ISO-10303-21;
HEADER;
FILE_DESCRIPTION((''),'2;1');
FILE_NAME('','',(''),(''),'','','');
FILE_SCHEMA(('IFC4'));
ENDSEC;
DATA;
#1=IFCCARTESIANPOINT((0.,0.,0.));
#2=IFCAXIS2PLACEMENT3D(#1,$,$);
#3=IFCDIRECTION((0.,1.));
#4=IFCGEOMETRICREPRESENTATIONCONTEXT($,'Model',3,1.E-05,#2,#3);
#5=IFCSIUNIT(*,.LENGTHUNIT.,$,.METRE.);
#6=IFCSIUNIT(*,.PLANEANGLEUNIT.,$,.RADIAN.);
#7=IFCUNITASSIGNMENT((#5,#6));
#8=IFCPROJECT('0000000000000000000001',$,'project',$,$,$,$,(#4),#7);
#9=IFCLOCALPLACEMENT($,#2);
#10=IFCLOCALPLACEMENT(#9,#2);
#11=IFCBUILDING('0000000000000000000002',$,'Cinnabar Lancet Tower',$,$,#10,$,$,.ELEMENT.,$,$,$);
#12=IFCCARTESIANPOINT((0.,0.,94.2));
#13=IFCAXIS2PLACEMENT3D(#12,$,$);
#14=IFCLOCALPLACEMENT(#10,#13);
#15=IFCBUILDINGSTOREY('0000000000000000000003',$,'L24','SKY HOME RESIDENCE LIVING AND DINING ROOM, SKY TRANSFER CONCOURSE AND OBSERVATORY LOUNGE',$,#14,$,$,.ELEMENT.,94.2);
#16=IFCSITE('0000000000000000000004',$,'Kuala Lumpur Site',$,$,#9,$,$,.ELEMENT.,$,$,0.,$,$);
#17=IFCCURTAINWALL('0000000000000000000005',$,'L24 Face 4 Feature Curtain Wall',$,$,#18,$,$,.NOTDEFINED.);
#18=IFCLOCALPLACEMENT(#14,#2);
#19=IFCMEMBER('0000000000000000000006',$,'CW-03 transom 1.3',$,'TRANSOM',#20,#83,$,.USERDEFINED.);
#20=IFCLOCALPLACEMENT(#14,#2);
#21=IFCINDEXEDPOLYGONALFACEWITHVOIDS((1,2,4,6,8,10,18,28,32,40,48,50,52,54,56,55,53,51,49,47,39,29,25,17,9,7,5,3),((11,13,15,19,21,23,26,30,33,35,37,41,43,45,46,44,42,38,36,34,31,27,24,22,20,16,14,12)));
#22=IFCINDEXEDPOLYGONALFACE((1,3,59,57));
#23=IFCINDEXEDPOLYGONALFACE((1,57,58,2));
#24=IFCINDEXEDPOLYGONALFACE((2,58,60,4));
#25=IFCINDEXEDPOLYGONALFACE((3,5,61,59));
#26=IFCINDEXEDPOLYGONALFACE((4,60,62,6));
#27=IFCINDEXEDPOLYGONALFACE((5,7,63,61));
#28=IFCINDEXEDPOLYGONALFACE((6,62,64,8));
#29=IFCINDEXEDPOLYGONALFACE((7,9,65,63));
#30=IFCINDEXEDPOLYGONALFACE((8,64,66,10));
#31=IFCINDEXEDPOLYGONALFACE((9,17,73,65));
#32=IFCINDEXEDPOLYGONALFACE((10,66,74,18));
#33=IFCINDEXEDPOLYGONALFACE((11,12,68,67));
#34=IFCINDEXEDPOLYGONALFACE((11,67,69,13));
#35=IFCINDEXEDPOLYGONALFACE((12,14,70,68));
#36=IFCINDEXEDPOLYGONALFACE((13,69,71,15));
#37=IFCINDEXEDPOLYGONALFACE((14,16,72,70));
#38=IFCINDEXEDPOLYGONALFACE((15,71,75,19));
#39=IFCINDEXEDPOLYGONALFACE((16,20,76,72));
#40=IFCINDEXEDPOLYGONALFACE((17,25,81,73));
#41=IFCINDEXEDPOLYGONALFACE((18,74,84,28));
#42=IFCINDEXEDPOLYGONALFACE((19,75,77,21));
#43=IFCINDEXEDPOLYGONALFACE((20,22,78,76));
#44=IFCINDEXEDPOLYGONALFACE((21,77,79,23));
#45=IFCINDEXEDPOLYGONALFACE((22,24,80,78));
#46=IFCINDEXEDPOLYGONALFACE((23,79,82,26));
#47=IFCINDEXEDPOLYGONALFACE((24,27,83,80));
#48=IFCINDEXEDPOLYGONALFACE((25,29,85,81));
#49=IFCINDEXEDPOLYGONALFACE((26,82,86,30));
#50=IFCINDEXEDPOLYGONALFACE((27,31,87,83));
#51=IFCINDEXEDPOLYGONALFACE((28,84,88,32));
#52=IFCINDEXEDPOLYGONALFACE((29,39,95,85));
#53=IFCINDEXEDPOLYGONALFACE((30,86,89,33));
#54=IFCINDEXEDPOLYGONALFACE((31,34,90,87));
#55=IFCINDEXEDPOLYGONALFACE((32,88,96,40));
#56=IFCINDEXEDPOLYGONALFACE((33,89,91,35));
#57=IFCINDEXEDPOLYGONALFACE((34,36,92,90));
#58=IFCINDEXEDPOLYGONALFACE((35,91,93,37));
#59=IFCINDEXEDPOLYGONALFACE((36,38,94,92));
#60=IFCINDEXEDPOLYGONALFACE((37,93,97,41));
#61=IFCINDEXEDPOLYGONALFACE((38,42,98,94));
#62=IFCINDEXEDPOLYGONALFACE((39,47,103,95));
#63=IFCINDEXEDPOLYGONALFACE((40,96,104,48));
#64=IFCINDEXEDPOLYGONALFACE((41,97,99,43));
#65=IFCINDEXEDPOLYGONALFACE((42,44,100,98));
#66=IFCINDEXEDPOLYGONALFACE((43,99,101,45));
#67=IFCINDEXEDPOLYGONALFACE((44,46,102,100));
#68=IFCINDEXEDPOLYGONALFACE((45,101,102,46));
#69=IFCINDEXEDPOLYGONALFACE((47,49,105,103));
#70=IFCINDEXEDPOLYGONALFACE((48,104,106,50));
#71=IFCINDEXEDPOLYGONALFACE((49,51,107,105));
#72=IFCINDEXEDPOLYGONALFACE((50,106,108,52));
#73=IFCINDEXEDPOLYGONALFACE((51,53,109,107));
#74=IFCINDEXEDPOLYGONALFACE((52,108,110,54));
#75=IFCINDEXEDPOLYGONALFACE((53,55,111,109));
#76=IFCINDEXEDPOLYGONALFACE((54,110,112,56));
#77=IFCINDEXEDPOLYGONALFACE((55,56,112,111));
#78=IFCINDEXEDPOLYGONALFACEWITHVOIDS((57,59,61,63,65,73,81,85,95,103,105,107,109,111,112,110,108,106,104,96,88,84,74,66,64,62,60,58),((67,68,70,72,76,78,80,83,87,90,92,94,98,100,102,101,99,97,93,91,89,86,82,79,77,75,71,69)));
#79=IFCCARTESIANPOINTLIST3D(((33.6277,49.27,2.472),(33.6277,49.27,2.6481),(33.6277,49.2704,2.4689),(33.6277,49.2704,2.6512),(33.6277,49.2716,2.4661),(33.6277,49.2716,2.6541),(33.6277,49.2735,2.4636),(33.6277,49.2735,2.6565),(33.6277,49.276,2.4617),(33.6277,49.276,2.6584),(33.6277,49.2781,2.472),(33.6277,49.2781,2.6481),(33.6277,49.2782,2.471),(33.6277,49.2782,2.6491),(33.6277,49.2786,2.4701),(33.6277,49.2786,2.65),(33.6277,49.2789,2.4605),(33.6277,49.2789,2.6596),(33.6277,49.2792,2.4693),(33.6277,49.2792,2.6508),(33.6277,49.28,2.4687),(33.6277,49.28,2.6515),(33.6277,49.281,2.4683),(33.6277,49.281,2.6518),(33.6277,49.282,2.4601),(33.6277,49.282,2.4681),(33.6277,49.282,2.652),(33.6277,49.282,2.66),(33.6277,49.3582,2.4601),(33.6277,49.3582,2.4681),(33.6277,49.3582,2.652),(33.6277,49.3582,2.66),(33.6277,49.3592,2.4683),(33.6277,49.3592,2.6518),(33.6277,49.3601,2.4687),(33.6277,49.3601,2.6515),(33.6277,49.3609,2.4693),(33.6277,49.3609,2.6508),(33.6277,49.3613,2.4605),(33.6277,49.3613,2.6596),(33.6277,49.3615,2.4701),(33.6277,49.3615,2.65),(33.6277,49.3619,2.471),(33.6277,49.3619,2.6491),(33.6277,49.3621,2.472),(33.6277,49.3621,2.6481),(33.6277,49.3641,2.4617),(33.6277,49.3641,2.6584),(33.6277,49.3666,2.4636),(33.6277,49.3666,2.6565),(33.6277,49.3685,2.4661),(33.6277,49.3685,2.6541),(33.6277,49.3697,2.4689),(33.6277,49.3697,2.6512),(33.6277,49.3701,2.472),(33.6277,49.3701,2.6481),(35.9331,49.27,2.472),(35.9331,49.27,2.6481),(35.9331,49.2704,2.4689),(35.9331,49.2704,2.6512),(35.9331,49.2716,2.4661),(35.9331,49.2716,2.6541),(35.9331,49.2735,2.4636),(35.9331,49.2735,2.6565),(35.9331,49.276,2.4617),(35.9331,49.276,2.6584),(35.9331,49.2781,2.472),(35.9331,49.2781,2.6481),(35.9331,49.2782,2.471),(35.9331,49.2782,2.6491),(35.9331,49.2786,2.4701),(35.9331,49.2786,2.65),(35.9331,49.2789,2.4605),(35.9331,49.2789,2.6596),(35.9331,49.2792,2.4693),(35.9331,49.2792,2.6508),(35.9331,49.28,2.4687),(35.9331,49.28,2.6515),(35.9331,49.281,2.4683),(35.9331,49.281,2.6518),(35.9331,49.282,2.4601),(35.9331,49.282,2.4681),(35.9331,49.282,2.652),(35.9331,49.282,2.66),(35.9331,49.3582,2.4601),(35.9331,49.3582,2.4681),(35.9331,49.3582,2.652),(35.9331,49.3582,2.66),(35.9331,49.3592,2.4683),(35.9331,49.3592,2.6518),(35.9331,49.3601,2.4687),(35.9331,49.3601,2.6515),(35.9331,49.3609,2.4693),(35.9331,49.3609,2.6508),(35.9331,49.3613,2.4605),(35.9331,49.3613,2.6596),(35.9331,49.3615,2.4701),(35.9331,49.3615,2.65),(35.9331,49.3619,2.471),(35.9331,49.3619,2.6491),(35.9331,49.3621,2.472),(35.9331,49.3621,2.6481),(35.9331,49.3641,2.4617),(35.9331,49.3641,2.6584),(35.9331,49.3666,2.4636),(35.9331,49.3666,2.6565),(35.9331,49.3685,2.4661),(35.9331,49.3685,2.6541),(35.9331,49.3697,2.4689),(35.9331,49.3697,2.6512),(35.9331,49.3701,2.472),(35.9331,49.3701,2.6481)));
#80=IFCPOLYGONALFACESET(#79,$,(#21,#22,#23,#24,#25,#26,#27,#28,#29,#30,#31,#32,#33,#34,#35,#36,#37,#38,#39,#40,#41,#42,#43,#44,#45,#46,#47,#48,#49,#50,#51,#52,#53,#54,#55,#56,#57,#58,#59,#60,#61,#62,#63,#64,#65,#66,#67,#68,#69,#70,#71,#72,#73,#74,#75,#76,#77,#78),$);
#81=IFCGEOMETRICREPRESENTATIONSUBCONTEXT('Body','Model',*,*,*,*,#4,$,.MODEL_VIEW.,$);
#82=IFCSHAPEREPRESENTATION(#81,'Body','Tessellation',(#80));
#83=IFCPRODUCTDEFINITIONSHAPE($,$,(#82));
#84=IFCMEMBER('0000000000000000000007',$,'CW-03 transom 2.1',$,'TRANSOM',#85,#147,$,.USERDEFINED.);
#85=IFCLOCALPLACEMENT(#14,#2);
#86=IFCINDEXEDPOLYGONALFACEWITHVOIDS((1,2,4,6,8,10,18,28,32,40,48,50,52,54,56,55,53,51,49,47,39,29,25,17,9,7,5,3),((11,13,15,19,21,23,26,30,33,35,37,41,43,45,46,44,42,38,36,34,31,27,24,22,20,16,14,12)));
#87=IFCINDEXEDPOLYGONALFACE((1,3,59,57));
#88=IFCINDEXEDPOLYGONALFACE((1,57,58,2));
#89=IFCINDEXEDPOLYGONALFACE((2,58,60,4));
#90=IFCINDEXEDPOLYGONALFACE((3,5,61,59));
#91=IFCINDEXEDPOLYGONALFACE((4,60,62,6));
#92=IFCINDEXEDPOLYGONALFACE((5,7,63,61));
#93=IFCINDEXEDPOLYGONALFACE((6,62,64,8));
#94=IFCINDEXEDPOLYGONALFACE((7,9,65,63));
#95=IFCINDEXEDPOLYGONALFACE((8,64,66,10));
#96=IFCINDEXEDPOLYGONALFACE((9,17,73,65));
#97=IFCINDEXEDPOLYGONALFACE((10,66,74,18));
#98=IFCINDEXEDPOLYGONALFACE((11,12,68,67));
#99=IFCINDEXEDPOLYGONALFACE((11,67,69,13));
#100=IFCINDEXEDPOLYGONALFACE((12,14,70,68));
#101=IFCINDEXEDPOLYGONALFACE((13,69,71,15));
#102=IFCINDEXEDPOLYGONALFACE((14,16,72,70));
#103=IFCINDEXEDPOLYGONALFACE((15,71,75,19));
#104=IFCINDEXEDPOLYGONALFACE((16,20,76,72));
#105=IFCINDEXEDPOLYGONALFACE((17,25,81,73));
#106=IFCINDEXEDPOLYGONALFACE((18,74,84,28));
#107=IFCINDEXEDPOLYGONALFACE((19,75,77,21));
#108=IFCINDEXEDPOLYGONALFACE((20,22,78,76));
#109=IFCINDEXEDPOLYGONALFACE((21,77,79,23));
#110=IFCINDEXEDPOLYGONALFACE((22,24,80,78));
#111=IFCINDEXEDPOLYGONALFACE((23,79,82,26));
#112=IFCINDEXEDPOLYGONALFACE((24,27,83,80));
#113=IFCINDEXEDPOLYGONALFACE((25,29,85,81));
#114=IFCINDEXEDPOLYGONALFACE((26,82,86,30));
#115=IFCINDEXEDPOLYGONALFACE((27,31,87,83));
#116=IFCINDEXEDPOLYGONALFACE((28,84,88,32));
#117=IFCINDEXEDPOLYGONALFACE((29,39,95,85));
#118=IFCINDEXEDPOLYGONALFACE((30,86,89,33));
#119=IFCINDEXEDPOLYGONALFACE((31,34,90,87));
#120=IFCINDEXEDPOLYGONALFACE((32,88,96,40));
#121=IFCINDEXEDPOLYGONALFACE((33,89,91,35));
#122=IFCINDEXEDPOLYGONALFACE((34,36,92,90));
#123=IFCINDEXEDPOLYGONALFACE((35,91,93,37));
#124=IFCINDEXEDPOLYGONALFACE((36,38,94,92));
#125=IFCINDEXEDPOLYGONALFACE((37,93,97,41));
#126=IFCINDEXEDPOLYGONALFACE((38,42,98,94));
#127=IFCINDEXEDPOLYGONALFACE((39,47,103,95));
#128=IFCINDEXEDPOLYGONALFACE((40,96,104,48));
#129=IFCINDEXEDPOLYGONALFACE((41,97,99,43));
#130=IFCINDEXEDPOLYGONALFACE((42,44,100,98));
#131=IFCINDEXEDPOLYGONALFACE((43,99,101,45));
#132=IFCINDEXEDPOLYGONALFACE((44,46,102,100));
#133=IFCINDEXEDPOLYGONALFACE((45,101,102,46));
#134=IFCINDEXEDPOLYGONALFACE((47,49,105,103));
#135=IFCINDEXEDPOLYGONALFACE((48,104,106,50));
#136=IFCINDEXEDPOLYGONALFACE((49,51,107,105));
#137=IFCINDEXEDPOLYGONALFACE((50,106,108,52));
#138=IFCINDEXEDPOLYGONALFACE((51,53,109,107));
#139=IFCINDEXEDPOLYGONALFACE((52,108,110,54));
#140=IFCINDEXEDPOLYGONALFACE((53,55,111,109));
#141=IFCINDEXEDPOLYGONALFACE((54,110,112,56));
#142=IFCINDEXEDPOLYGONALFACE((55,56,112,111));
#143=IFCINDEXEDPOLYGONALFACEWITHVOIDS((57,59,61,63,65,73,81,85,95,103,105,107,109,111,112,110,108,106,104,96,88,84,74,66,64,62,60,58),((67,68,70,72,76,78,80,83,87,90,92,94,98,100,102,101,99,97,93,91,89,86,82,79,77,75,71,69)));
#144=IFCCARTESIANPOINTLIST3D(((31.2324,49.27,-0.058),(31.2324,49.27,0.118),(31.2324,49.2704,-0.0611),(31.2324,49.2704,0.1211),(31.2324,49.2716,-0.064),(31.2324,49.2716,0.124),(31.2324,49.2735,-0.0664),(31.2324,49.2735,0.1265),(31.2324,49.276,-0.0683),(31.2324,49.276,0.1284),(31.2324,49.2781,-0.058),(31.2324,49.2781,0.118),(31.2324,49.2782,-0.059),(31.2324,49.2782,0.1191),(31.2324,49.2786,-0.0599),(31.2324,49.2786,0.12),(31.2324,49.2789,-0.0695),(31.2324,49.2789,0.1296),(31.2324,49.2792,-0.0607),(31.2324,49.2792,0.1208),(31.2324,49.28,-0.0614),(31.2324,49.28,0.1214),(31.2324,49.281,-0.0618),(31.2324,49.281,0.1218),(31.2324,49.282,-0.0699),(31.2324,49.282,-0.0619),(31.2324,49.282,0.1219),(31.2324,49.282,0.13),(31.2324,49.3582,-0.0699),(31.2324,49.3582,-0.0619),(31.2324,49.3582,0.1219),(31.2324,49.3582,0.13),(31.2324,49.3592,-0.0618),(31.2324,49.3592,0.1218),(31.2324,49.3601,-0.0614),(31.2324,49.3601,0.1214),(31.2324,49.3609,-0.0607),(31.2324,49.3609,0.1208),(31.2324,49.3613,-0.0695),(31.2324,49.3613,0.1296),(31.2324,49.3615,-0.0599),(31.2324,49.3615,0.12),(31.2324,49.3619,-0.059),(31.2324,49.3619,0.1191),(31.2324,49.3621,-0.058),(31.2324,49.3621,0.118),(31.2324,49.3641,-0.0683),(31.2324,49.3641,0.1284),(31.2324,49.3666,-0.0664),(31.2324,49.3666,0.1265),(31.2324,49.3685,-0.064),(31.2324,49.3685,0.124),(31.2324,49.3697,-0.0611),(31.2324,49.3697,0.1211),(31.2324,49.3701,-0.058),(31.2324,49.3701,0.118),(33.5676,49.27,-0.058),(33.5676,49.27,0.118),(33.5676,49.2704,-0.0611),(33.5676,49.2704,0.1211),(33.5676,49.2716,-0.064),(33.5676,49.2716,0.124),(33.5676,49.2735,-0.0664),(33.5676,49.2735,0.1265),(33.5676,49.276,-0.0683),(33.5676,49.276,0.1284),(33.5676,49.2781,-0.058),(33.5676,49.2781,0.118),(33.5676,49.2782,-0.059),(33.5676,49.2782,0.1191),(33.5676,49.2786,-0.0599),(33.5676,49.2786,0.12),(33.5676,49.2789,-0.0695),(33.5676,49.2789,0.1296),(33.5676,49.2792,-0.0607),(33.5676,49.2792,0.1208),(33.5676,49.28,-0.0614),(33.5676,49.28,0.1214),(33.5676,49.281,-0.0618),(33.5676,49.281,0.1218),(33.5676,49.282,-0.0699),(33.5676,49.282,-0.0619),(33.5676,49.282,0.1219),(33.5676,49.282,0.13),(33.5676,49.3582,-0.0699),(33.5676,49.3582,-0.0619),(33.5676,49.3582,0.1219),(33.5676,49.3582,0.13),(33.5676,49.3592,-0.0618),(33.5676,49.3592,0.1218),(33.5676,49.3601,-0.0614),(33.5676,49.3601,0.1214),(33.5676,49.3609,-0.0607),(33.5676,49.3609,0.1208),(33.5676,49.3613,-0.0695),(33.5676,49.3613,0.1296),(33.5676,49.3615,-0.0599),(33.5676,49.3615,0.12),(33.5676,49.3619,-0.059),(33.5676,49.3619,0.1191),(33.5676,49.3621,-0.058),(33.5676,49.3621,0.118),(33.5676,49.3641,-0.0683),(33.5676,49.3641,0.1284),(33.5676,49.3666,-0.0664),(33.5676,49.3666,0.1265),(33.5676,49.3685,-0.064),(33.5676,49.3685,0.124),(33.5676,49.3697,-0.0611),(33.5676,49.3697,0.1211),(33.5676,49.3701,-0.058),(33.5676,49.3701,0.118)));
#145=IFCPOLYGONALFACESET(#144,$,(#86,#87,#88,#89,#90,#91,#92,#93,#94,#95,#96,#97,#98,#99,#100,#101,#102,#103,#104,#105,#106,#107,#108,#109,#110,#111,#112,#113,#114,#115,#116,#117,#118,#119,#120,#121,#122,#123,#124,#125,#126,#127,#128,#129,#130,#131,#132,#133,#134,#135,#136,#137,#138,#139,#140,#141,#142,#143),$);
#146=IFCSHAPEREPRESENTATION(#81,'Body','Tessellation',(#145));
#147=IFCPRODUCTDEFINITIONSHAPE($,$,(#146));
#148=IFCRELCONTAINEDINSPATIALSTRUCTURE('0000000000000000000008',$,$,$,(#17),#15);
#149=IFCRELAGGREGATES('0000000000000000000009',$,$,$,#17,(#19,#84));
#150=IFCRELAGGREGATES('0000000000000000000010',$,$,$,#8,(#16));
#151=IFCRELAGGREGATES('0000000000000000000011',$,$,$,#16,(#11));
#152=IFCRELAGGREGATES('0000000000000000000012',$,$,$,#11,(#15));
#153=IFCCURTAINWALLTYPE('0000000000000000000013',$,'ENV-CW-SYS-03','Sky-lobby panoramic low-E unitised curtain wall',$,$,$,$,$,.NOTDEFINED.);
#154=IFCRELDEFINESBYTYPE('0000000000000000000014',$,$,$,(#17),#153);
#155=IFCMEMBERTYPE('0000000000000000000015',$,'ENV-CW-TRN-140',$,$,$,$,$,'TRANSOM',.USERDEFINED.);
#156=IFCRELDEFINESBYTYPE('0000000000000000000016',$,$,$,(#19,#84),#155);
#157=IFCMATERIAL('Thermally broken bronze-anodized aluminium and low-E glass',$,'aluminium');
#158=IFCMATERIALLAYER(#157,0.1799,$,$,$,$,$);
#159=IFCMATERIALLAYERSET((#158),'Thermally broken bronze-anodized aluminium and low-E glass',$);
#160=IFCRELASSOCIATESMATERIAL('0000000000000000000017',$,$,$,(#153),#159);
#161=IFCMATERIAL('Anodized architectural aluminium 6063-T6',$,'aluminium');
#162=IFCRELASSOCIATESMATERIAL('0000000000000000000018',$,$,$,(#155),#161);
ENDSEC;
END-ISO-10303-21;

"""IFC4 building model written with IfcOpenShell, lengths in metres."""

from ifc_helpers import new_model, si_unit, direction, frame, origin, origin_2d, place, context, subcontext, project, spatial, hollow_rectangle, extrude, material, layer, layer_set, material_profile, profile_set, type_object, element, aggregate, save


model = new_model("IFC4")

# Units and contexts
model_context = context("Model", 3, precision=1e-05, world=origin(), true_north=direction((0.0, 1.0)))
body_context = subcontext(model_context, "Body", "Model", "MODEL_VIEW")
ifc_project = project(units=[si_unit("LENGTHUNIT", "METRE"), si_unit("PLANEANGLEUNIT", "RADIAN")], contexts=[model_context])

# Site, building, storey
site_placement = place(None, origin())
site = spatial("IfcSite", under=ifc_project, at=site_placement, Name="Kuala Lumpur Site", CompositionType="ELEMENT", RefElevation=0.0)
building_placement = place(site_placement, origin())
building = spatial("IfcBuilding", under=site, at=building_placement, Name="Cinnabar Lancet Tower", CompositionType="ELEMENT")
storey_placement = place(building_placement, frame((0.0, 0.0, 94.2)))
storey = spatial("IfcBuildingStorey", under=building, at=storey_placement, Name="L24", Description="SKY HOME RESIDENCE LIVING AND DINING ROOM, SKY TRANSFER CONCOURSE AND OBSERVATORY LOUNGE", CompositionType="ELEMENT", Elevation=94.2)

# Curtain wall, members
ifc_material_1 = material(Name="Thermally broken bronze-anodized aluminium and low-E glass", Category="aluminium")
ifc_layer_1 = layer(ifc_material_1, 0.1799)
ifc_layer_set_1 = layer_set([ifc_layer_1], Name="Thermally broken bronze-anodized aluminium and low-E glass")
curtain_wall_type = type_object("IfcCurtainWallType", Name="ENV-CW-SYS-03", Description="Sky-lobby panoramic low-E unitised curtain wall", PredefinedType="NOTDEFINED", material=ifc_layer_set_1)
curtain_wall_placement = place(storey_placement, origin())
curtain_wall = element("IfcCurtainWall", 1, at=curtain_wall_placement, inside=storey, type_object=curtain_wall_type, Name="L24 Face 4 Feature Curtain Wall", PredefinedType="NOTDEFINED")
ifc_material_2 = material(Name="Anodized architectural aluminium 6063-T6", Category="aluminium")
ifc_material_profile_1 = material_profile(ifc_material_2, hollow_rectangle(XDim=0.1001, YDim=0.2, WallThickness=0.0081, InnerFilletRadius=0.0039, OuterFilletRadius=0.012, at=origin_2d()), Name="RHS 200x100x8")
ifc_profile_set_1 = profile_set([ifc_material_profile_1], Name="Anodized architectural aluminium 6063-T6")
member_type_1 = type_object("IfcMemberType", Name="ENV-CW-TRN-140", ElementType="TRANSOM", PredefinedType="USERDEFINED", material=ifc_profile_set_1)
member_1_placement = place(storey_placement, frame((35.9331, 49.3201, 2.5601), z_axis=(-1.0, 0.0, 0.0), x_axis=(0.0, -1.0, 0.0)))
member_1 = element("IfcMember", 2, at=member_1_placement, type_object=member_type_1, Name="CW-03 transom 1.3", ObjectType="TRANSOM", PredefinedType="USERDEFINED", context=body_context, shape_type="SweptSolid", body=[
    extrude(hollow_rectangle(XDim=0.1001, YDim=0.2, WallThickness=0.0081, InnerFilletRadius=0.0039, OuterFilletRadius=0.012, at=origin_2d()), origin(), (0.0, 0.0, 1.0), 2.3054),
])
member_2_placement = place(storey_placement, frame((33.5676, 49.3201, 0.03), z_axis=(-1.0, 0.0, 0.0), x_axis=(0.0, -1.0, 0.0)))
member_2 = element("IfcMember", 3, at=member_2_placement, type_object=member_type_1, Name="CW-03 transom 2.1", ObjectType="TRANSOM", PredefinedType="USERDEFINED", context=body_context, shape_type="SweptSolid", body=[
    extrude(hollow_rectangle(XDim=0.1001, YDim=0.2, WallThickness=0.0081, InnerFilletRadius=0.0039, OuterFilletRadius=0.012, at=origin_2d()), origin(), (0.0, 0.0, 1.0), 2.3352),
])

aggregate(curtain_wall, [member_1, member_2])

save(model, "model.ifc")
